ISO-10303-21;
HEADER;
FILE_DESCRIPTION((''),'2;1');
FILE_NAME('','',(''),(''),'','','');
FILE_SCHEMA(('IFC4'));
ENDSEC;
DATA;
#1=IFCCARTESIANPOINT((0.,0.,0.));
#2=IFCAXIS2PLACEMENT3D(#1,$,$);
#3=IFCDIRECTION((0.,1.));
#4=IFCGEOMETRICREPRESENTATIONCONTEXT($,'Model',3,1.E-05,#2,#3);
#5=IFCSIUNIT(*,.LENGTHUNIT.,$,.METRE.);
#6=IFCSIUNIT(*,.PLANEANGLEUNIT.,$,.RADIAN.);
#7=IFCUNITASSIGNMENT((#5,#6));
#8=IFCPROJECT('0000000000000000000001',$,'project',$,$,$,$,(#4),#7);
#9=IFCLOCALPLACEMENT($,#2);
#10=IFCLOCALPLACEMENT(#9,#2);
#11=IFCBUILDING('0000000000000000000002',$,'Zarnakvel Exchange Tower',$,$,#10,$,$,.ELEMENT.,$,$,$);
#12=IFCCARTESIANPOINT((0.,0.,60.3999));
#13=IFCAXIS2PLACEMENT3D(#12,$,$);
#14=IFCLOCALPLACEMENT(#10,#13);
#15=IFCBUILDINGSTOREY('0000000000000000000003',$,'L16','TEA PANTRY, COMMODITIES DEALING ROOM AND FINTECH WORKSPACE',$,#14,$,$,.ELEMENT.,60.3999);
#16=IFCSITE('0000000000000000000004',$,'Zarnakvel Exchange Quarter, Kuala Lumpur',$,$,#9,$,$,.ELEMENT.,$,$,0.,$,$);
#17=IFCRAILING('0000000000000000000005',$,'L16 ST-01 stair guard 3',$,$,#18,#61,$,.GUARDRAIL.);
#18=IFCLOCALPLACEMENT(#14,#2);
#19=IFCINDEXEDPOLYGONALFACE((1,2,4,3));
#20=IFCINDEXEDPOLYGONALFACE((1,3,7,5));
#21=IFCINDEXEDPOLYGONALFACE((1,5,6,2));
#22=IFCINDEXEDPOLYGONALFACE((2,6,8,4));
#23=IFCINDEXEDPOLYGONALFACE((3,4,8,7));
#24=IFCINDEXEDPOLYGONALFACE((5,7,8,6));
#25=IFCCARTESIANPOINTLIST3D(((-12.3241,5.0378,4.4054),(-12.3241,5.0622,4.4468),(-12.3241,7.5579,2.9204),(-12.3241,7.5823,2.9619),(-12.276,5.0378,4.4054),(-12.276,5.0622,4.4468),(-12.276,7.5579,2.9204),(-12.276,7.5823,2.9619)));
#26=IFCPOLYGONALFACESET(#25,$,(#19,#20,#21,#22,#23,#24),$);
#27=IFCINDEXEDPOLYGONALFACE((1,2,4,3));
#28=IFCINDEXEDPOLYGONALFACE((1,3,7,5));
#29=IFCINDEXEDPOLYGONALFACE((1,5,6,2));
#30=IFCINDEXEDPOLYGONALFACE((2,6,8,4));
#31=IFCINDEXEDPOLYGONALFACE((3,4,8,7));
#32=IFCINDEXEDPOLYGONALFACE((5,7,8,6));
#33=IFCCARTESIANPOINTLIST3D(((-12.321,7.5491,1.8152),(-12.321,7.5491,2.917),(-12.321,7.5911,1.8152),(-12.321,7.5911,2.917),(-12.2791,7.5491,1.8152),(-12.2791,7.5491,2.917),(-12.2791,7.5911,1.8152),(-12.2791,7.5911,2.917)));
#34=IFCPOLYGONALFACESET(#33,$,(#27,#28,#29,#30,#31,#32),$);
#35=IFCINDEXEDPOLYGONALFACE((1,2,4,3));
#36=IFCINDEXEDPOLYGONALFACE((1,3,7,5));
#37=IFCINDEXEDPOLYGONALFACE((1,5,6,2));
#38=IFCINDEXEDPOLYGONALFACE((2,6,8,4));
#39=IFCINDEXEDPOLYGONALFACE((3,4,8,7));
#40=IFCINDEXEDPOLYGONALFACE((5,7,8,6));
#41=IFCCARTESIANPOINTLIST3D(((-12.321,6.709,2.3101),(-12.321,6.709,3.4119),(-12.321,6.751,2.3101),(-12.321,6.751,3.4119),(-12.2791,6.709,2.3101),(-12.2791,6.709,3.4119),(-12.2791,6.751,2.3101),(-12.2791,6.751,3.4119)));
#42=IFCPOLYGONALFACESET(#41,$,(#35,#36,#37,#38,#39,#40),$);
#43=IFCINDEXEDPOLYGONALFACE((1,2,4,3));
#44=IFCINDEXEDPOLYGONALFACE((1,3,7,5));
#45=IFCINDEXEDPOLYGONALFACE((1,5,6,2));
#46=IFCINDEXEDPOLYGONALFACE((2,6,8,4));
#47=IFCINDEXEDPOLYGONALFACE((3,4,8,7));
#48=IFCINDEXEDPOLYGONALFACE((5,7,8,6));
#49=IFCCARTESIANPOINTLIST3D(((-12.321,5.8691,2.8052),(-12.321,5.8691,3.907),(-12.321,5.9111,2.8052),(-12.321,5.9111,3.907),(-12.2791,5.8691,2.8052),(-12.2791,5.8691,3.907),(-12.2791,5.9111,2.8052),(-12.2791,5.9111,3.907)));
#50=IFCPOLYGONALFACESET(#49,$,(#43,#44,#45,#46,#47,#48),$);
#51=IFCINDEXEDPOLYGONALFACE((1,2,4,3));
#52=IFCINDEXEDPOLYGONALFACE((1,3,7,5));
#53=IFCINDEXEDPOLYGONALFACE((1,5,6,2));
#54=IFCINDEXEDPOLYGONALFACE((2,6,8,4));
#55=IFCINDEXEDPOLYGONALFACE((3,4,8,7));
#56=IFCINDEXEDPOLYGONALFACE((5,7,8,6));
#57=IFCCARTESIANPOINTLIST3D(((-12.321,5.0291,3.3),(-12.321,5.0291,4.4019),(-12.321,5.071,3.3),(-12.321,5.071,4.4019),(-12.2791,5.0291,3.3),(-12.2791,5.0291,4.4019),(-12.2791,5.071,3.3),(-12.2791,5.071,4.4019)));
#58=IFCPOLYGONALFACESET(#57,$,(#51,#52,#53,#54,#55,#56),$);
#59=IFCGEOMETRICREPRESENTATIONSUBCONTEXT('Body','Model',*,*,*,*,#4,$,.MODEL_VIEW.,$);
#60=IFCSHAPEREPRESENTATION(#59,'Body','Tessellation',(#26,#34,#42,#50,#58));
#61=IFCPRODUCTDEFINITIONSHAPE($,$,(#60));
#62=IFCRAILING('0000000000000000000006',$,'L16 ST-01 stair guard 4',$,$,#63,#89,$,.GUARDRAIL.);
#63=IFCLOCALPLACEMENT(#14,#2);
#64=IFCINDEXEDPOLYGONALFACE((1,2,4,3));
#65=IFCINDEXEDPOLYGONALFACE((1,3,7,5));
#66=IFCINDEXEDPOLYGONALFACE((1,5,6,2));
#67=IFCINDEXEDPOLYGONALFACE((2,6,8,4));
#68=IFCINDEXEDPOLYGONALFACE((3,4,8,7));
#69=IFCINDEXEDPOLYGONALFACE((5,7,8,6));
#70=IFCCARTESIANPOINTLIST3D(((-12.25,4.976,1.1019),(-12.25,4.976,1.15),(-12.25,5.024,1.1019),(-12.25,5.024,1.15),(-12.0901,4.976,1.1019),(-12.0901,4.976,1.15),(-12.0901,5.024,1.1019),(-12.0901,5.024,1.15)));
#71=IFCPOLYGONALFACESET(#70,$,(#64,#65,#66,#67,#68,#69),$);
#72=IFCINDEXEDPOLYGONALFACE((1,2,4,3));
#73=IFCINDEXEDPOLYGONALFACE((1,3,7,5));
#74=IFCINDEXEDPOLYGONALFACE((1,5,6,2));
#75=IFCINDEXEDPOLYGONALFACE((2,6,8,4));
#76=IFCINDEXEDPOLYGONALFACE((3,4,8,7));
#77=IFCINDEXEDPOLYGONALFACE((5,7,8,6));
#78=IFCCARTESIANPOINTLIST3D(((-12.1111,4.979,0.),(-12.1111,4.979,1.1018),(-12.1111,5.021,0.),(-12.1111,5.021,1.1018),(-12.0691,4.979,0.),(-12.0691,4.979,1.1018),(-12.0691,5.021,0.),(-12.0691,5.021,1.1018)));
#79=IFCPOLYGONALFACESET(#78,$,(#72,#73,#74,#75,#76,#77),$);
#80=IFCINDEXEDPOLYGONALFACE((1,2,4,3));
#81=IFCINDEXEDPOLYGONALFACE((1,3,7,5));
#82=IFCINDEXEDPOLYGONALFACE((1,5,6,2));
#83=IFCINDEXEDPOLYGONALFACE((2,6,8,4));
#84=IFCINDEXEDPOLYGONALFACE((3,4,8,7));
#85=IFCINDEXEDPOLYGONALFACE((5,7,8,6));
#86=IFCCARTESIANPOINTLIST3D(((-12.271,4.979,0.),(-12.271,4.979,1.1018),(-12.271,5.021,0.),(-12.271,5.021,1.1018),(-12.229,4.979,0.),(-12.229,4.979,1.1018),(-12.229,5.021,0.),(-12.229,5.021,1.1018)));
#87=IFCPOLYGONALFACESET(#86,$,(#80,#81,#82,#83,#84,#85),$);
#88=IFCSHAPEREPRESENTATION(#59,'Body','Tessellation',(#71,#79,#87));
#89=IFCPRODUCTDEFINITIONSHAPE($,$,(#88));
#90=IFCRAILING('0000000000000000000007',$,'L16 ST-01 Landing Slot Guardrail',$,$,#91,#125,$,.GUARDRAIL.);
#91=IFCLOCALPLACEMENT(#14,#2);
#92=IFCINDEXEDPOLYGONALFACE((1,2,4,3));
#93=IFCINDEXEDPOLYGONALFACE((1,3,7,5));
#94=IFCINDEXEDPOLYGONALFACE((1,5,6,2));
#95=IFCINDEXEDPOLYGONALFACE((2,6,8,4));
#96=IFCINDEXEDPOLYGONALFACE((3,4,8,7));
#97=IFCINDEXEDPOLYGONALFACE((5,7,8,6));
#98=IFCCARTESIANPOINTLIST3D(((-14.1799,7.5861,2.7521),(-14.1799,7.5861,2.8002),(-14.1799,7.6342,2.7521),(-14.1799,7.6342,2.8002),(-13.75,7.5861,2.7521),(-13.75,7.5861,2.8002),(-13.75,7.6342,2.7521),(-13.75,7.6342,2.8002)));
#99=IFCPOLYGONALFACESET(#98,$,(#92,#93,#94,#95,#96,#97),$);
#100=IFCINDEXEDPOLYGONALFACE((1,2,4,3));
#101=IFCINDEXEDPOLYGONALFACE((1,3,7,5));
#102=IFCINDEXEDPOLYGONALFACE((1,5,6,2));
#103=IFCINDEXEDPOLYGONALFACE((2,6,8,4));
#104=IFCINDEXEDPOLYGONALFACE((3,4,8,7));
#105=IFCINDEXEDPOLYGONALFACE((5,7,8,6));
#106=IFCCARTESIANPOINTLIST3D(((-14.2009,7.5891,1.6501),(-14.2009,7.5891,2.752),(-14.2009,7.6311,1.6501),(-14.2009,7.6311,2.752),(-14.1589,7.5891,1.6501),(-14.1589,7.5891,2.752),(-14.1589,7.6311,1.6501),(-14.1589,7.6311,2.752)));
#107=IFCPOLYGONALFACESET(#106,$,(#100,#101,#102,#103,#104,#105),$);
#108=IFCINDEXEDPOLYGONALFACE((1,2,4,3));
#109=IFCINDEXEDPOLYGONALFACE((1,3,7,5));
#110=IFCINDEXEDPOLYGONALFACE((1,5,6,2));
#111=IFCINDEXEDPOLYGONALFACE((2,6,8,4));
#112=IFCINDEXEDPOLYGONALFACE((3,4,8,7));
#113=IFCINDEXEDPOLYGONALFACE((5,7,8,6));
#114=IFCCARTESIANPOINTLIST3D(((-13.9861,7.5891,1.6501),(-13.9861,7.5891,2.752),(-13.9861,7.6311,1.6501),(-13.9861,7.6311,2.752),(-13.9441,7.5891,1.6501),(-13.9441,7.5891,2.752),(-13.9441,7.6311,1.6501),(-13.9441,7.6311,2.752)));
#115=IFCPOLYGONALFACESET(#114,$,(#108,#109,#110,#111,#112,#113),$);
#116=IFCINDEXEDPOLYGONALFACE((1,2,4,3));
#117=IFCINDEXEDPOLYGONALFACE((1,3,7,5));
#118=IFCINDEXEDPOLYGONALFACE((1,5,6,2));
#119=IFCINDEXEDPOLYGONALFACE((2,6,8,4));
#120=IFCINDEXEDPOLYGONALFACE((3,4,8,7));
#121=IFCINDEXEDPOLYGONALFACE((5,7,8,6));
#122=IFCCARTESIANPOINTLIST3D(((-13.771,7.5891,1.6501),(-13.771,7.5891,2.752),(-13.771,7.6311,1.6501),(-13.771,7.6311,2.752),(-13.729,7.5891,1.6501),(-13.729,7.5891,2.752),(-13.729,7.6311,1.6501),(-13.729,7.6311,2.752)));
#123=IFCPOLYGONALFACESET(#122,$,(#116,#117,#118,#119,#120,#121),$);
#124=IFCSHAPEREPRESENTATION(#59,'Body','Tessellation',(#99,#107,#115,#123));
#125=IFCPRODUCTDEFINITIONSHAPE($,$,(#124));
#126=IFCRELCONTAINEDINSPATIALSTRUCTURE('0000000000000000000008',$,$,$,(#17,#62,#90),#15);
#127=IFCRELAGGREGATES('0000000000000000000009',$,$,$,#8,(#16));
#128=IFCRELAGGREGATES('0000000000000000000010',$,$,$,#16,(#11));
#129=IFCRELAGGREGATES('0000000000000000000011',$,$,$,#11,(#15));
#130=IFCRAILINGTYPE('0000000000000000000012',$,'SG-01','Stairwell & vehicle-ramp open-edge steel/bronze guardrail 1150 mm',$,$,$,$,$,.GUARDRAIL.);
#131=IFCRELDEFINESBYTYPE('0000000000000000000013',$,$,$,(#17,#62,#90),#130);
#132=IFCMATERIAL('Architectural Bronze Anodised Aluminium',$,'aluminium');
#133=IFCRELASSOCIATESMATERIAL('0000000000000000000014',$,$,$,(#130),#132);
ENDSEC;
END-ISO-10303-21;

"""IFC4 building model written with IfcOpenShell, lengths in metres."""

from ifc_helpers import new_model, si_unit, direction, frame, origin, origin_2d, place, context, subcontext, project, spatial, rectangle, extrude, material, type_object, element, save


model = new_model("IFC4")

# Units and contexts
model_context = context("Model", 3, precision=1e-05, world=origin(), true_north=direction((0.0, 1.0)))
body_context = subcontext(model_context, "Body", "Model", "MODEL_VIEW")
ifc_project = project(units=[si_unit("LENGTHUNIT", "METRE"), si_unit("PLANEANGLEUNIT", "RADIAN")], contexts=[model_context])

# Site, building, storey
site_placement = place(None, origin())
site = spatial("IfcSite", under=ifc_project, at=site_placement, Name="Zarnakvel Exchange Quarter, Kuala Lumpur", CompositionType="ELEMENT", RefElevation=0.0)
building_placement = place(site_placement, origin())
building = spatial("IfcBuilding", under=site, at=building_placement, Name="Zarnakvel Exchange Tower", CompositionType="ELEMENT")
storey_placement = place(building_placement, frame((0.0, 0.0, 60.3999)))
storey = spatial("IfcBuildingStorey", under=building, at=storey_placement, Name="L16", Description="TEA PANTRY, COMMODITIES DEALING ROOM AND FINTECH WORKSPACE", CompositionType="ELEMENT", Elevation=60.3999)

# Shared definitions
ifc_material_1 = material(Name="Architectural Bronze Anodised Aluminium", Category="aluminium")

# Railings
railing_type_1 = type_object("IfcRailingType", Name="SG-01", Description="Stairwell & vehicle-ramp open-edge steel/bronze guardrail 1150 mm", PredefinedType="GUARDRAIL", material=ifc_material_1)
railing_1_placement = place(storey_placement, frame((-12.3, 7.5701, 1.8152)))
element("IfcRailing", 1, at=railing_1_placement, inside=storey, type_object=railing_type_1, Name="L16 ST-01 stair guard 3", PredefinedType="GUARDRAIL", context=body_context, shape_type="SweptSolid", body=[
    extrude(rectangle(XDim=0.0481, YDim=0.0481, at=origin_2d()), frame((0.0, 0.0, 1.126), z_axis=(0.0, -0.861561, 0.507655), x_axis=(1.0, 0.0, 0.0)), (0.0, 0.0, 1.0), 2.925),
    extrude(rectangle(XDim=0.042, YDim=0.042, at=origin_2d()), origin(), (0.0, 0.0, 1.0), 1.1018),
    extrude(rectangle(XDim=0.042, YDim=0.042, at=origin_2d()), frame((0.0, -0.8401, 0.4949)), (0.0, 0.0, 1.0), 1.1018),
    extrude(rectangle(XDim=0.042, YDim=0.042, at=origin_2d()), frame((0.0, -1.6799, 0.99)), (0.0, 0.0, 1.0), 1.1018),
    extrude(rectangle(XDim=0.042, YDim=0.042, at=origin_2d()), frame((0.0, -2.52, 1.4849)), (0.0, 0.0, 1.0), 1.1018),
])
railing_2_placement = place(storey_placement, frame((-12.0901, 5.0, 0.0)))
element("IfcRailing", 2, at=railing_2_placement, inside=storey, type_object=railing_type_1, Name="L16 ST-01 stair guard 4", PredefinedType="GUARDRAIL", context=body_context, shape_type="SweptSolid", body=[
    extrude(rectangle(XDim=0.0481, YDim=0.0481, at=origin_2d()), frame((0.0, 0.0, 1.126), z_axis=(-1.0, 0.0, 0.0), x_axis=(0.0, -1.0, 0.0)), (0.0, 0.0, 1.0), 0.1599),
    extrude(rectangle(XDim=0.042, YDim=0.042, at=origin_2d()), origin(), (0.0, 0.0, 1.0), 1.1018),
    extrude(rectangle(XDim=0.042, YDim=0.042, at=origin_2d()), frame((-0.1599, 0.0, 0.0)), (0.0, 0.0, 1.0), 1.1018),
])
railing_3_placement = place(storey_placement, frame((-14.1799, 7.6101, 1.6501)))
element("IfcRailing", 3, at=railing_3_placement, inside=storey, type_object=railing_type_1, Name="L16 ST-01 Landing Slot Guardrail", PredefinedType="GUARDRAIL", context=body_context, shape_type="SweptSolid", body=[
    extrude(rectangle(XDim=0.0481, YDim=0.0481, at=origin_2d()), frame((0.0, 0.0, 1.126), z_axis=(1.0, 0.0, 0.0), x_axis=(0.0, 1.0, 0.0)), (0.0, 0.0, 1.0), 0.4299),
    extrude(rectangle(XDim=0.042, YDim=0.042, at=origin_2d()), origin(), (0.0, 0.0, 1.0), 1.1018),
    extrude(rectangle(XDim=0.042, YDim=0.042, at=origin_2d()), frame((0.2148, 0.0, 0.0)), (0.0, 0.0, 1.0), 1.1018),
    extrude(rectangle(XDim=0.042, YDim=0.042, at=origin_2d()), frame((0.4299, 0.0, 0.0)), (0.0, 0.0, 1.0), 1.1018),
])

save(model, "model.ifc")
